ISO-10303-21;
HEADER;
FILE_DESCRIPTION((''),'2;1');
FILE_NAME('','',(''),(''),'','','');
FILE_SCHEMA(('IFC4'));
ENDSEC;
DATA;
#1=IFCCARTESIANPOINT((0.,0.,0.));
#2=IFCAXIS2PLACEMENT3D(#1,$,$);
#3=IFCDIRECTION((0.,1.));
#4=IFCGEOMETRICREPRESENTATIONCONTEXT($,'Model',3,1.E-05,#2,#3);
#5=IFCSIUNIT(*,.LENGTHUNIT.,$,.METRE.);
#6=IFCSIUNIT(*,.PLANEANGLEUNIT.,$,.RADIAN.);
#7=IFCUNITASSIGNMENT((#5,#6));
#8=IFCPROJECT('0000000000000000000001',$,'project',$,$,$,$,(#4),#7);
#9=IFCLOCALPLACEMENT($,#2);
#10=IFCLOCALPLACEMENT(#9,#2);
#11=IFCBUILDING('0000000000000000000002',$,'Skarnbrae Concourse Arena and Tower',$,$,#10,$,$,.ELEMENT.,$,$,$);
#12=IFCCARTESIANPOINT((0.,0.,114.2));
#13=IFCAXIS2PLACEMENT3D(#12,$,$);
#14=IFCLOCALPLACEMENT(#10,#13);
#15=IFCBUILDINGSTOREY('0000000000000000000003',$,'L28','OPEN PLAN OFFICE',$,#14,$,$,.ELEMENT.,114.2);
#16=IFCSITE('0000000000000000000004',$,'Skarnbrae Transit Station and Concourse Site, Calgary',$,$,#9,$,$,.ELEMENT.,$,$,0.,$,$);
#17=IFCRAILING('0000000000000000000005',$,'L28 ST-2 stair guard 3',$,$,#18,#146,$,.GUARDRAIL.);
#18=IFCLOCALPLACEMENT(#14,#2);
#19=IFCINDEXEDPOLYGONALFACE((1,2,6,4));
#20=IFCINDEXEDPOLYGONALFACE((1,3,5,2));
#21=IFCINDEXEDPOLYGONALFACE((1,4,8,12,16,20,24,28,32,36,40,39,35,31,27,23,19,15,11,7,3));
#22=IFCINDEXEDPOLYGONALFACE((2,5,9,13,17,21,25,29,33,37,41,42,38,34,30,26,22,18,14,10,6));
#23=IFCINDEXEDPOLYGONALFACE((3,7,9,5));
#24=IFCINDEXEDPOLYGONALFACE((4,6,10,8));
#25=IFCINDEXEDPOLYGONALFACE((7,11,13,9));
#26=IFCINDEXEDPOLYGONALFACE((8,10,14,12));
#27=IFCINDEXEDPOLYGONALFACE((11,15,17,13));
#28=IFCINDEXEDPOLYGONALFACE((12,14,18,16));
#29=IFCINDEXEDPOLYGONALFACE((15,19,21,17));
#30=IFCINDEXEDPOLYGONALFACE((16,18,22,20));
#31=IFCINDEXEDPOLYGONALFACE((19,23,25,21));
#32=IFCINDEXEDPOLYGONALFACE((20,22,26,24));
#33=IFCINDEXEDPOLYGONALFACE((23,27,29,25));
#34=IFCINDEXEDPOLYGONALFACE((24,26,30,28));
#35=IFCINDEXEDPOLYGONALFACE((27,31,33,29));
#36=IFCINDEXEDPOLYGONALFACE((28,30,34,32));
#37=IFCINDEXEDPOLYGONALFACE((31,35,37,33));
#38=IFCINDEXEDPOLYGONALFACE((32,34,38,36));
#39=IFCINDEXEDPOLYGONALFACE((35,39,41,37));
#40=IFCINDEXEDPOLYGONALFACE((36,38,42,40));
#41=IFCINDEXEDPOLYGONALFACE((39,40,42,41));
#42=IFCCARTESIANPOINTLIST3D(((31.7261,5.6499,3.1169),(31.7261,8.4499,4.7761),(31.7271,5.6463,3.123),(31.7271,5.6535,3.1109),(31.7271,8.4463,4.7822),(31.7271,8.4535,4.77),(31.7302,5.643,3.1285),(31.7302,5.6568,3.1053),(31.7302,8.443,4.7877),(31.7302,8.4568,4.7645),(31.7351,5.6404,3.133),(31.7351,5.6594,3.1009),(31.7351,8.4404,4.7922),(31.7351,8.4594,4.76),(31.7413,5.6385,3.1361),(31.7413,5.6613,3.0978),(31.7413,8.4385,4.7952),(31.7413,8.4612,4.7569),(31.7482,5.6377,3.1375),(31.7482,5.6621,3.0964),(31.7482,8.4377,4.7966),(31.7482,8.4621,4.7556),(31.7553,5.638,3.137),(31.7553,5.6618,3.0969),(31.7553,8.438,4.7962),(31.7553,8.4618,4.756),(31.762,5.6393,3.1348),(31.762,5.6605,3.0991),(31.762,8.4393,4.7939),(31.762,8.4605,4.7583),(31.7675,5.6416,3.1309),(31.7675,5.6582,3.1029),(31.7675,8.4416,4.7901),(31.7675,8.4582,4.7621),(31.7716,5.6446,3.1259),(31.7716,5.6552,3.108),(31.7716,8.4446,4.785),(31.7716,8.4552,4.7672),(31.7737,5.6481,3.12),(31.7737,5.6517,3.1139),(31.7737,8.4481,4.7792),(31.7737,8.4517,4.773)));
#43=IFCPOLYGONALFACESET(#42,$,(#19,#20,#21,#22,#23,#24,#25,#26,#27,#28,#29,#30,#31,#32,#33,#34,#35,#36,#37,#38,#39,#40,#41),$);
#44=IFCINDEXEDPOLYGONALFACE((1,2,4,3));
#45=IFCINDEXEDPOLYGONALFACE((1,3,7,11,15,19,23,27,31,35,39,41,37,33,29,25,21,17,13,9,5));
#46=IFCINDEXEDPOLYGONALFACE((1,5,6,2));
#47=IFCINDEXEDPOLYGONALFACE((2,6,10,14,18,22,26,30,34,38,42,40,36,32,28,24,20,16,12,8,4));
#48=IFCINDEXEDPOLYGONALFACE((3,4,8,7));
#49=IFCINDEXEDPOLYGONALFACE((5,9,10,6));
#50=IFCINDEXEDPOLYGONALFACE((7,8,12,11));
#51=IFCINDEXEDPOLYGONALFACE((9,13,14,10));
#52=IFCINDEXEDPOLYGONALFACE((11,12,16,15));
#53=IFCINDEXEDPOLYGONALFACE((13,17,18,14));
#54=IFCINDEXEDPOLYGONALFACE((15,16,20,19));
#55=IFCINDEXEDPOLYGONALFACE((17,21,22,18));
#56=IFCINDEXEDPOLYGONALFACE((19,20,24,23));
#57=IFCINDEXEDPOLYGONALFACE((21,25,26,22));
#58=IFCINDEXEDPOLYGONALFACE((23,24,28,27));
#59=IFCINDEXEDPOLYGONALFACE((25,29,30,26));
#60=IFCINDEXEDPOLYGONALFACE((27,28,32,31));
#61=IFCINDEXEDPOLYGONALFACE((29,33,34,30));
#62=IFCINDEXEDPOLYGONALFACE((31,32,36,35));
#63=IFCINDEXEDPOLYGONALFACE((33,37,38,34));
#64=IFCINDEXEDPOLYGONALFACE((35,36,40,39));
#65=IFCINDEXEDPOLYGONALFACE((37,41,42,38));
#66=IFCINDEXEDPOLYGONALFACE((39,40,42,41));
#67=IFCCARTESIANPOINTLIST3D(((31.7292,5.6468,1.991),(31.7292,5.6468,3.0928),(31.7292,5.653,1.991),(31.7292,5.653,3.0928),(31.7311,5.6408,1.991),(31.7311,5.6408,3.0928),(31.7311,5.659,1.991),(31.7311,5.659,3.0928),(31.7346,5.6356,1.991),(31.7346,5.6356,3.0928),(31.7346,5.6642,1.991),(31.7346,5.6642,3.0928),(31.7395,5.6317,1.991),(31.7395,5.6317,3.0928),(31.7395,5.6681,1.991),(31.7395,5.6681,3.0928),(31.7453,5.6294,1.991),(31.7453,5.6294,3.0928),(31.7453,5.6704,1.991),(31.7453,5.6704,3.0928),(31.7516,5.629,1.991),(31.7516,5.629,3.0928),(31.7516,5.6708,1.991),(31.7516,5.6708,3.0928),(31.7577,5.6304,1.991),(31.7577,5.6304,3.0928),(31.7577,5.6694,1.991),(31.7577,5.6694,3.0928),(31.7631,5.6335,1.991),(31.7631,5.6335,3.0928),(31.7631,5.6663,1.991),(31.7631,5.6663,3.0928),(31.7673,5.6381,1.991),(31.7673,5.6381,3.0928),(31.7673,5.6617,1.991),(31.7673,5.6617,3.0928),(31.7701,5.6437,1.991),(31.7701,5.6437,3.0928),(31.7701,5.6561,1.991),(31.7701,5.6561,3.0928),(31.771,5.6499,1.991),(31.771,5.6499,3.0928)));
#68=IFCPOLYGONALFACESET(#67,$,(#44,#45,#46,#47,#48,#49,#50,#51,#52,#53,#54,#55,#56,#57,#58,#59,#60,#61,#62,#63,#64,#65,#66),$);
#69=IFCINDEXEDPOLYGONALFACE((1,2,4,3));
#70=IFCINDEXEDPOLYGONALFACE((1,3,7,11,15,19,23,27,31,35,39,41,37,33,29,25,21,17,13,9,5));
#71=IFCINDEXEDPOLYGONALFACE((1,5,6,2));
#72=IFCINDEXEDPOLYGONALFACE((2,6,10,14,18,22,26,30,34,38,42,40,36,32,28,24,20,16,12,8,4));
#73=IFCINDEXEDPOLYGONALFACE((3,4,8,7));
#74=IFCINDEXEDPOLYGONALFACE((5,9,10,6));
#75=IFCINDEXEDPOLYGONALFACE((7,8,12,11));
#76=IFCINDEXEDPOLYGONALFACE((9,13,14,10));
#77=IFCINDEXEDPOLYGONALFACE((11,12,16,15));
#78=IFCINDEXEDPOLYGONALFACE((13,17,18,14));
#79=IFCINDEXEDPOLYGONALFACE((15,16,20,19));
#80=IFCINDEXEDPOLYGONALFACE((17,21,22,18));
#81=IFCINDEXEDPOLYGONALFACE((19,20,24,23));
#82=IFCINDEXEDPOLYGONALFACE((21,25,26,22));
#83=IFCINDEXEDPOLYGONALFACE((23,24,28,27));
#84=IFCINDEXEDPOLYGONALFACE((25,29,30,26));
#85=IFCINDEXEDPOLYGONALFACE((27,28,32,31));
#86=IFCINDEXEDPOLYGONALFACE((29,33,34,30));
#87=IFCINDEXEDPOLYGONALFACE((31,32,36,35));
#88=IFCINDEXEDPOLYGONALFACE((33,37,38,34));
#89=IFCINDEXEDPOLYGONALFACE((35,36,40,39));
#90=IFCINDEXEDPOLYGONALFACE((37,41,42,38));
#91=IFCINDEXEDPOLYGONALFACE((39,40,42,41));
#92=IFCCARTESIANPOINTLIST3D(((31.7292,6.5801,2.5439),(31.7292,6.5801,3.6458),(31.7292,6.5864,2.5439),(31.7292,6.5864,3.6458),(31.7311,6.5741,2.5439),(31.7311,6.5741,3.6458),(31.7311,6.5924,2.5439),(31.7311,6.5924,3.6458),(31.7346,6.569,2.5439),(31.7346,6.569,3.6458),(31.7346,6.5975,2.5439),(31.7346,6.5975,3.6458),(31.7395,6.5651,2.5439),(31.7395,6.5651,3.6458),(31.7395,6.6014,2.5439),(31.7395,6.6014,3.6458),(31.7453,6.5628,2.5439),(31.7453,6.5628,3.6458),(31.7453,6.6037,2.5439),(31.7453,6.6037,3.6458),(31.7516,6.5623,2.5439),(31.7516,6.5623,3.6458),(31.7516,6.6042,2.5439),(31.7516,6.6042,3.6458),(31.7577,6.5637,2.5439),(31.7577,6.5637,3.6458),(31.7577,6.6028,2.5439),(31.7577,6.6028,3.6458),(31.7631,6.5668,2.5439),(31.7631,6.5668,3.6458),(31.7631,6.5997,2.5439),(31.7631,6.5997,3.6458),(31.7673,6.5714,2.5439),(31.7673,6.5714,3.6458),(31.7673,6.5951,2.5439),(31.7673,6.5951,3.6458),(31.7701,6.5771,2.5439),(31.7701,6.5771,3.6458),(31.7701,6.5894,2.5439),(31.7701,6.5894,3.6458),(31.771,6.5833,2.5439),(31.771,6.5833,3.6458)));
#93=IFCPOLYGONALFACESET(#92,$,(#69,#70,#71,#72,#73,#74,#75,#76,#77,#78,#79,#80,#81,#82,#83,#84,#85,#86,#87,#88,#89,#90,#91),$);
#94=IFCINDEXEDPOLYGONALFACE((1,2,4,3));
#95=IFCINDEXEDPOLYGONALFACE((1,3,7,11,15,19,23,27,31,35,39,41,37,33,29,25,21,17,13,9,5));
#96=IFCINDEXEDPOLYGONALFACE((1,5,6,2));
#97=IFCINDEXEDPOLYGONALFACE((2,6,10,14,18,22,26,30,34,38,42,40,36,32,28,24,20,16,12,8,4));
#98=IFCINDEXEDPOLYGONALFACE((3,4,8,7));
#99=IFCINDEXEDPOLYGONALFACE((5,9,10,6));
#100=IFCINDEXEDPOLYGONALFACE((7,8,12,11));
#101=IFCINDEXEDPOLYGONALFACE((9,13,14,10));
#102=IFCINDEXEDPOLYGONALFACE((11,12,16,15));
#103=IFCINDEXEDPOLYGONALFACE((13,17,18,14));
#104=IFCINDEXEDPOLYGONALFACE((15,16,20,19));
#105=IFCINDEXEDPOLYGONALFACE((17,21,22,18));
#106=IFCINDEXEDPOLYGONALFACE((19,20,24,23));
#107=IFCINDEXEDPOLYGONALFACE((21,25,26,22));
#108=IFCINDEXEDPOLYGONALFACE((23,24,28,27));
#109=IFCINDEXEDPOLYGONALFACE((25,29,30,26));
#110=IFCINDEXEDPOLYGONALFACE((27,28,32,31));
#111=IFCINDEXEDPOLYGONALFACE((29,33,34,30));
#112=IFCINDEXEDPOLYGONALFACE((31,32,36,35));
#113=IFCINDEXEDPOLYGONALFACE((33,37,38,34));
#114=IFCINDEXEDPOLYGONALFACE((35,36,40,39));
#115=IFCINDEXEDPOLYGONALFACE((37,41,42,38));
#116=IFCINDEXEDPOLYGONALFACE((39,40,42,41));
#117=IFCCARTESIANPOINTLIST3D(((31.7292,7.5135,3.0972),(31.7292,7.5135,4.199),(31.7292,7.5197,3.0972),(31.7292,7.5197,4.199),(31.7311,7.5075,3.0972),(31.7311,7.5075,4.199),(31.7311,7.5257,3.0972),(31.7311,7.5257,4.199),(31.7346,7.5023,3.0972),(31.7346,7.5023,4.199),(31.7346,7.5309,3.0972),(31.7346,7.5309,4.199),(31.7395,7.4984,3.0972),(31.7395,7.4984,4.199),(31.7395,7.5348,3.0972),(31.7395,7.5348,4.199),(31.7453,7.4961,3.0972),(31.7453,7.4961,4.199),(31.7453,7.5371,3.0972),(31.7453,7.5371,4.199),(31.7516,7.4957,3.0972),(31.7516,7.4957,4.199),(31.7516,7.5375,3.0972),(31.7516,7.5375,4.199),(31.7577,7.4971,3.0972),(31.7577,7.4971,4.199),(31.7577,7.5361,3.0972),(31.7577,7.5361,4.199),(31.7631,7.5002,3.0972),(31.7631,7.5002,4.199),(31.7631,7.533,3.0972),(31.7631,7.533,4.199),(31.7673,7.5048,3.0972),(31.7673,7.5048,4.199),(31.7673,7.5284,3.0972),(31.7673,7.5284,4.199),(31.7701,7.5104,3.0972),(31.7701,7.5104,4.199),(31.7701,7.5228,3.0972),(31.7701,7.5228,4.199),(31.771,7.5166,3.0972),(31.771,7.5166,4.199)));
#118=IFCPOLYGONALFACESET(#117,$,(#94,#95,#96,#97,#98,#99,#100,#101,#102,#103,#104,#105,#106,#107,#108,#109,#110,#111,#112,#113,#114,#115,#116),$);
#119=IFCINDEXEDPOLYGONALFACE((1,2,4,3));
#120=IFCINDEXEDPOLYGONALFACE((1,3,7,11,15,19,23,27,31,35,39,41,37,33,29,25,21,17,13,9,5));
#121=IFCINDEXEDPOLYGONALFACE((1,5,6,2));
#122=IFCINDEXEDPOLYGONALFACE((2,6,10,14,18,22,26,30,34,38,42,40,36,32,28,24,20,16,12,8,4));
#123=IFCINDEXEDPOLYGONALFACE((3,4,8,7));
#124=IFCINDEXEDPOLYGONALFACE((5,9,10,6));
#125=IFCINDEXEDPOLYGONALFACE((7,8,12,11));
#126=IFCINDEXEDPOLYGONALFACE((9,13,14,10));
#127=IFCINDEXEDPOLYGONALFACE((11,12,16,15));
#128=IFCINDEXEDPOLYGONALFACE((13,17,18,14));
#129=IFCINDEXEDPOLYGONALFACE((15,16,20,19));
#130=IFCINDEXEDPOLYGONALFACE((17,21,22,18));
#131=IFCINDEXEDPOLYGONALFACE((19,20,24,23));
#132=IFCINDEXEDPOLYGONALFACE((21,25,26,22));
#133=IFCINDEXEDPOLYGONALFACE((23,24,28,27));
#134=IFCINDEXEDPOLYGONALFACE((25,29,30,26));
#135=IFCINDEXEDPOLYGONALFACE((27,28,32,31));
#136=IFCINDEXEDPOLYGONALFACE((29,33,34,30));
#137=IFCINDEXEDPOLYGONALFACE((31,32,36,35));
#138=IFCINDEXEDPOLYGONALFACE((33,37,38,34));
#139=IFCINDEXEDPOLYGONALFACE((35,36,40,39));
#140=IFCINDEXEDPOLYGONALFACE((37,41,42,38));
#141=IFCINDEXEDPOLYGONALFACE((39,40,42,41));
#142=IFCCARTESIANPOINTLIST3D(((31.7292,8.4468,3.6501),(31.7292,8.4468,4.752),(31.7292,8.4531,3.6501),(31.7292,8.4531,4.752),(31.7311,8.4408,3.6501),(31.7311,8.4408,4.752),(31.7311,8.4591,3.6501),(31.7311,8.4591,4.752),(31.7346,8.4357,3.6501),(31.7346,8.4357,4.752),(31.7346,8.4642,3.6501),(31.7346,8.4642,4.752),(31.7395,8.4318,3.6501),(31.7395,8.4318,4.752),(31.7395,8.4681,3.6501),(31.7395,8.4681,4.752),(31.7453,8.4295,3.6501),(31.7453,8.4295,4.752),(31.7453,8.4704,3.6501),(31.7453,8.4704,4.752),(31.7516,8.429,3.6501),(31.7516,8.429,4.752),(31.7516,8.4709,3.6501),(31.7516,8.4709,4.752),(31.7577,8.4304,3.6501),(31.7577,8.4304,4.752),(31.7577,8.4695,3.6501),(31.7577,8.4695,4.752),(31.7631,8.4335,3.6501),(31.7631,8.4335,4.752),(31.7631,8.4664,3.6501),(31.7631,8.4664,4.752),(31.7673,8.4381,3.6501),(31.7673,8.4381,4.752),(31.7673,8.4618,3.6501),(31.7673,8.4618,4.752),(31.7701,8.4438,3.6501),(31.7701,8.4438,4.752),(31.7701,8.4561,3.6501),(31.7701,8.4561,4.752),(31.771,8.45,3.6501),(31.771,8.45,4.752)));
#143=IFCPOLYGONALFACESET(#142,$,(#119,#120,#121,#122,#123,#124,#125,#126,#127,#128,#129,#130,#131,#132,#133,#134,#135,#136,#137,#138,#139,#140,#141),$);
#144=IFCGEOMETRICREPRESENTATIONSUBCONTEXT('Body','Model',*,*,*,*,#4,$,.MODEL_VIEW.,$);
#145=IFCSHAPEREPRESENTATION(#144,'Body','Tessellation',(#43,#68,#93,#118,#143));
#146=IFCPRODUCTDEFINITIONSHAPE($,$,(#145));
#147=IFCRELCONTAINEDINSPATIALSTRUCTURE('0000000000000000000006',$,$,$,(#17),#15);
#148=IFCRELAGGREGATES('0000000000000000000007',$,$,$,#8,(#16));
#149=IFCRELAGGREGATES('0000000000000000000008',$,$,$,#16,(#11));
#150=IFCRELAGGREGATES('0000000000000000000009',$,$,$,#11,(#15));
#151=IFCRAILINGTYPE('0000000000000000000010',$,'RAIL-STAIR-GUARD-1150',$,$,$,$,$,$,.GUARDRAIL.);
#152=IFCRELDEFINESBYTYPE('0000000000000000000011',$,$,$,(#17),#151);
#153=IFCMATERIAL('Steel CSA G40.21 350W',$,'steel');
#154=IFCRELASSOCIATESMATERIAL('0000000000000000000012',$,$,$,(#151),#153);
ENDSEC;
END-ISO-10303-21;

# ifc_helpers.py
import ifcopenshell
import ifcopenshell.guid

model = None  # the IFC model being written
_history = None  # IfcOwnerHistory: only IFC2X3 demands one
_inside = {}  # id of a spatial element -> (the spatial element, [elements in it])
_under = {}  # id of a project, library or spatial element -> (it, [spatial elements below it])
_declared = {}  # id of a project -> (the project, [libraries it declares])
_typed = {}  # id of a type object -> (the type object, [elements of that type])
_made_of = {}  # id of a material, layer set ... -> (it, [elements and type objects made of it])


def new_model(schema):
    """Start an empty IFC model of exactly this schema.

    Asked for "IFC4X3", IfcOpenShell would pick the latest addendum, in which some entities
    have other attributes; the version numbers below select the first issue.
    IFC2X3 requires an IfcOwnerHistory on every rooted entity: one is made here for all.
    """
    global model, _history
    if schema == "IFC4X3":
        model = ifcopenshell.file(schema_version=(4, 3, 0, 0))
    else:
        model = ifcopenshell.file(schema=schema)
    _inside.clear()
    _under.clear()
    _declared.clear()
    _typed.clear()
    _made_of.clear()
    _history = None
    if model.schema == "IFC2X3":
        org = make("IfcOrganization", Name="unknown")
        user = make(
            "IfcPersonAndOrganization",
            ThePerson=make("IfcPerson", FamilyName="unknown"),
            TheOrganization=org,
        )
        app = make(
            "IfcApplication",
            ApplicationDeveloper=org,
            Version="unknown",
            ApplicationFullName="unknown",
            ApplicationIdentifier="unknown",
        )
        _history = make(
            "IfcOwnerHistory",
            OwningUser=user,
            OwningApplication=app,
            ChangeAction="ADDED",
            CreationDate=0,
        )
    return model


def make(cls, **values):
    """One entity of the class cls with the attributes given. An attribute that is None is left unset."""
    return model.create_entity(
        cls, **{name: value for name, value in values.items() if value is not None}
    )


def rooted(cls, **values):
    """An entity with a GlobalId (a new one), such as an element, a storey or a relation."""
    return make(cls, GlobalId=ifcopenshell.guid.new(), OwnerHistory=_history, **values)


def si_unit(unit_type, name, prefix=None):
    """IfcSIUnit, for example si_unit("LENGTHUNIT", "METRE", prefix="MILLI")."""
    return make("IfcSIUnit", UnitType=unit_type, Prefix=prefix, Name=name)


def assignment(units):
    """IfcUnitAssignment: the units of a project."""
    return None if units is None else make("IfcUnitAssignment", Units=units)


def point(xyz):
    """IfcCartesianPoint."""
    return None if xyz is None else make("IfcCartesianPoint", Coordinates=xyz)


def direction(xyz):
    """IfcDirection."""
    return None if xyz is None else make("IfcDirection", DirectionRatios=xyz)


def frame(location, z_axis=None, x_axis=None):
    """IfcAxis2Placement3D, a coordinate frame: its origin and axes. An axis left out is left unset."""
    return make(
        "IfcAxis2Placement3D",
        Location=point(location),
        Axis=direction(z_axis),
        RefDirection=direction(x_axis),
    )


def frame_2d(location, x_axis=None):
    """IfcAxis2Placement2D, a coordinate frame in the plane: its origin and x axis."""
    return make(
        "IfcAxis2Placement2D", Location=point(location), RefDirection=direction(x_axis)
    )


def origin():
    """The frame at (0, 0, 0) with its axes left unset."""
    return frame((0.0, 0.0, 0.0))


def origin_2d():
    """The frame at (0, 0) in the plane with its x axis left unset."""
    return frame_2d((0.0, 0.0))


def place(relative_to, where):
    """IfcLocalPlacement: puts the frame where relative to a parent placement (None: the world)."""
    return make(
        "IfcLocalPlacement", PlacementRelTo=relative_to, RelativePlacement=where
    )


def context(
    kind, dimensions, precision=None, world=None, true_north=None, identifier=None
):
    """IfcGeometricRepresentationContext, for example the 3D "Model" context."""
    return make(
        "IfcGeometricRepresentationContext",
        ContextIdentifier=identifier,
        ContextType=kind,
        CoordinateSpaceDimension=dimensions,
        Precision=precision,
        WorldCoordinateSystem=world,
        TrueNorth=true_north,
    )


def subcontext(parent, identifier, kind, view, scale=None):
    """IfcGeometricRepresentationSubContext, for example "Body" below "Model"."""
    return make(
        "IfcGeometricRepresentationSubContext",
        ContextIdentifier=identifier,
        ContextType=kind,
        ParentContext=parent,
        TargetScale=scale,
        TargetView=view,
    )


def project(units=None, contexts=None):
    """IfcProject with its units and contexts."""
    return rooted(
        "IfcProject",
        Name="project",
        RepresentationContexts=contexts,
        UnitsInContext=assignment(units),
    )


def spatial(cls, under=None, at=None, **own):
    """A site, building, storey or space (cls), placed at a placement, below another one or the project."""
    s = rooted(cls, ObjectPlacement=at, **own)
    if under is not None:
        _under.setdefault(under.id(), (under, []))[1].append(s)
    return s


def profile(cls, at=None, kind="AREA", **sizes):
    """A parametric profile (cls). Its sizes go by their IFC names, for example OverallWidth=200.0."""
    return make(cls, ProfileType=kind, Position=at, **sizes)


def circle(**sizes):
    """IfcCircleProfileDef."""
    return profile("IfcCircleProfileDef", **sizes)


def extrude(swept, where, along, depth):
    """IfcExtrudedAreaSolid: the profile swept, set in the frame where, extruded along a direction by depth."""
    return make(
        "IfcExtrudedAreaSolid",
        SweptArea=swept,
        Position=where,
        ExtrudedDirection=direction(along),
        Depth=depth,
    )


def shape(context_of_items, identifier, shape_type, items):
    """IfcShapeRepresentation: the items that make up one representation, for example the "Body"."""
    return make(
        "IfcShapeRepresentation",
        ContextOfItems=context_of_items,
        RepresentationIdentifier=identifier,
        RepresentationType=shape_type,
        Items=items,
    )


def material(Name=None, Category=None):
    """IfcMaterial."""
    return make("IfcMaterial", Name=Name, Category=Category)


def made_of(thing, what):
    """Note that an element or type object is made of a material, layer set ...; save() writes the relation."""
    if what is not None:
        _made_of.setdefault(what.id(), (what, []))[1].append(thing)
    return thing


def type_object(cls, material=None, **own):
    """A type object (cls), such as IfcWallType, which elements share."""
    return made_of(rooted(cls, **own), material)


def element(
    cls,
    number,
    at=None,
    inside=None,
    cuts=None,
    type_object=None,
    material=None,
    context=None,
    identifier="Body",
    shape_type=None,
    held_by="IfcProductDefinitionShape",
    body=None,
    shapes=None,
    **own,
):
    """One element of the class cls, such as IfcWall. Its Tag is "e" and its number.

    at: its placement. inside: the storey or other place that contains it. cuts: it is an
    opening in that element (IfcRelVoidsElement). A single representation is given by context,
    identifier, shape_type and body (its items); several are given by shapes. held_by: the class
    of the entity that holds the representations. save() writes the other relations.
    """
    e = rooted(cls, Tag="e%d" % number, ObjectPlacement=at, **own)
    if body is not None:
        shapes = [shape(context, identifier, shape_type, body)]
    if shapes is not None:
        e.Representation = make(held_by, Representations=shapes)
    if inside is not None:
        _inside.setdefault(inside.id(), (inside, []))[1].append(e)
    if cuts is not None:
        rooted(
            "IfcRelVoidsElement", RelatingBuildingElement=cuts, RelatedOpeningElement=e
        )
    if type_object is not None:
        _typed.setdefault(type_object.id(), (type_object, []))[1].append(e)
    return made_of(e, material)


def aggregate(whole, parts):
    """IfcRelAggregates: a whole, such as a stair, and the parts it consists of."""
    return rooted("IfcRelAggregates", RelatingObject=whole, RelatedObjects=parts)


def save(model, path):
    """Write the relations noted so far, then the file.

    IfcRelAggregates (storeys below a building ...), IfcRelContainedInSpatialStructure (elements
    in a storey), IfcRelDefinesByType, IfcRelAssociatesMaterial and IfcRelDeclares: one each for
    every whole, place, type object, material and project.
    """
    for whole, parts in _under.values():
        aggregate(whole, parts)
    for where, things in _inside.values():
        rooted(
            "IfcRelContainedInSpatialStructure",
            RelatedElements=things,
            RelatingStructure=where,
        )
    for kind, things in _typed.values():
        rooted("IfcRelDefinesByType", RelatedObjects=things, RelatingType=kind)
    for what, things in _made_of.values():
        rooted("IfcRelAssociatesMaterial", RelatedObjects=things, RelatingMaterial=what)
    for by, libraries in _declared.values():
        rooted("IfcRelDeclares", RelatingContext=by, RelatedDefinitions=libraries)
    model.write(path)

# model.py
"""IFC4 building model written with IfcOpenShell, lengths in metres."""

from ifc_helpers import new_model, si_unit, direction, frame, origin, origin_2d, place, context, subcontext, project, spatial, circle, extrude, material, type_object, element, save


model = new_model("IFC4")

# Units and contexts
model_context = context("Model", 3, precision=1e-05, world=origin(), true_north=direction((0.0, 1.0)))
body_context = subcontext(model_context, "Body", "Model", "MODEL_VIEW")
ifc_project = project(units=[si_unit("LENGTHUNIT", "METRE"), si_unit("PLANEANGLEUNIT", "RADIAN")], contexts=[model_context])

# Site, building, storey
site_placement = place(None, origin())
site = spatial("IfcSite", under=ifc_project, at=site_placement, Name="Skarnbrae Transit Station and Concourse Site, Calgary", CompositionType="ELEMENT", RefElevation=0.0)
building_placement = place(site_placement, origin())
building = spatial("IfcBuilding", under=site, at=building_placement, Name="Skarnbrae Concourse Arena and Tower", CompositionType="ELEMENT")
storey_placement = place(building_placement, frame((0.0, 0.0, 114.2)))
storey = spatial("IfcBuildingStorey", under=building, at=storey_placement, Name="L28", Description="OPEN PLAN OFFICE", CompositionType="ELEMENT", Elevation=114.2)

# Railing
ifc_material_1 = material(Name="Steel CSA G40.21 350W", Category="steel")
railing_type_1 = type_object("IfcRailingType", Name="RAIL-STAIR-GUARD-1150", PredefinedType="GUARDRAIL", material=ifc_material_1)
railing_1_placement = place(storey_placement, frame((31.75, 5.6499, 1.991)))
element("IfcRailing", 1, at=railing_1_placement, inside=storey, type_object=railing_type_1, Name="L28 ST-2 stair guard 3", PredefinedType="GUARDRAIL", context=body_context, shape_type="SweptSolid", body=[
    extrude(circle(Radius=0.0239, at=origin_2d()), frame((0.0, 0.0, 1.126), z_axis=(0.0, 0.860306, 0.509778), x_axis=(-1.0, 0.0, 0.0)), (0.0, 0.0, 1.0), 3.2546),
    extrude(circle(Radius=0.021, at=origin_2d()), origin(), (0.0, 0.0, 1.0), 1.1018),
    extrude(circle(Radius=0.021, at=origin_2d()), frame((0.0, 0.9333, 0.553)), (0.0, 0.0, 1.0), 1.1018),
    extrude(circle(Radius=0.021, at=origin_2d()), frame((0.0, 1.8667, 1.1062)), (0.0, 0.0, 1.0), 1.1018),
    extrude(circle(Radius=0.021, at=origin_2d()), frame((0.0, 2.8, 1.6592)), (0.0, 0.0, 1.0), 1.1018),
])

save(model, "model.ifc")
